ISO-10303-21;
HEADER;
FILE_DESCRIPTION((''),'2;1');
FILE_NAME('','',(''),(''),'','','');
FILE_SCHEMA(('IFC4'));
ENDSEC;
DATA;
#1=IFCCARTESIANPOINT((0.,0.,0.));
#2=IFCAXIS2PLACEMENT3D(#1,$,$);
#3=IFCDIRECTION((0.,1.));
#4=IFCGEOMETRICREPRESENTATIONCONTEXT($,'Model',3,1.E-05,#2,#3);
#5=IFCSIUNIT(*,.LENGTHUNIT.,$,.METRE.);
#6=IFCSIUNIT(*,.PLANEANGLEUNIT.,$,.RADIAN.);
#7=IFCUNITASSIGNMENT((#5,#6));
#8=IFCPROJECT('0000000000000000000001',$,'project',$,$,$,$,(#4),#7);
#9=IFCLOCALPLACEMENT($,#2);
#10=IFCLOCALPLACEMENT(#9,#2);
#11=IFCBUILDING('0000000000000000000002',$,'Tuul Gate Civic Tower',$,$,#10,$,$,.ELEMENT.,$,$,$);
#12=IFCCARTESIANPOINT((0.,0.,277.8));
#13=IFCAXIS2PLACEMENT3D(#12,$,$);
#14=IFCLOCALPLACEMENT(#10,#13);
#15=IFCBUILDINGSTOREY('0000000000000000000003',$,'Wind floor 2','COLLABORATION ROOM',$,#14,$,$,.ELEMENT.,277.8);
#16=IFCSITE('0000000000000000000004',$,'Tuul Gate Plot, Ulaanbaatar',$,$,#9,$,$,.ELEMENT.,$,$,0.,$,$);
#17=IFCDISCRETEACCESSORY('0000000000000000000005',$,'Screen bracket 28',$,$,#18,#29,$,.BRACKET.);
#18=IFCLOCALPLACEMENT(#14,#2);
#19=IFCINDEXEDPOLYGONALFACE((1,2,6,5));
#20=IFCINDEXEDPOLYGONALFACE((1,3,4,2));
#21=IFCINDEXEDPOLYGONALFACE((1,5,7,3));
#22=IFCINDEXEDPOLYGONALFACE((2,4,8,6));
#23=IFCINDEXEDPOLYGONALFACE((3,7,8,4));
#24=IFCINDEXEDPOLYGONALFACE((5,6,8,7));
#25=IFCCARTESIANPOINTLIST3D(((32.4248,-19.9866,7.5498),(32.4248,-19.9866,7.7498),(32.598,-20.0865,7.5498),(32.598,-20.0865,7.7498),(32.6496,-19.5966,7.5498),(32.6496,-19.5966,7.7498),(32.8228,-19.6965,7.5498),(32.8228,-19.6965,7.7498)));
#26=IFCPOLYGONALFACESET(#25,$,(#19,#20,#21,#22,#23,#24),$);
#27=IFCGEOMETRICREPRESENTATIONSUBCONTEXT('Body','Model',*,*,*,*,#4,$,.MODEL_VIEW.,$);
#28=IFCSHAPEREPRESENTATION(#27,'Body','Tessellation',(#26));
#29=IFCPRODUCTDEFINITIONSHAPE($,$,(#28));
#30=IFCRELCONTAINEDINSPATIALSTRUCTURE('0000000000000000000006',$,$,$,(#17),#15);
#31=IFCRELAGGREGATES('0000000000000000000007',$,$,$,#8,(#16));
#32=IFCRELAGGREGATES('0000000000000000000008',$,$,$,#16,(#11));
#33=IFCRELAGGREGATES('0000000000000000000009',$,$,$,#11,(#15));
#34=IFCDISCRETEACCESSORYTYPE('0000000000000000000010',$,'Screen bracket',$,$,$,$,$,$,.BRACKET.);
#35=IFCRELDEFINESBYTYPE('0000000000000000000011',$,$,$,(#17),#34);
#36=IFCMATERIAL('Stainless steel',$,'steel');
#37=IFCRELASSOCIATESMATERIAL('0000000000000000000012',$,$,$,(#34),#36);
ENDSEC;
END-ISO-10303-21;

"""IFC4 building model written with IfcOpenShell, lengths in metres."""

from ifc_helpers import new_model, si_unit, direction, frame, origin, origin_2d, place, context, subcontext, project, spatial, rectangle, extrude, material, type_object, element, save


model = new_model("IFC4")

# Units and contexts
model_context = context("Model", 3, precision=1e-05, world=origin(), true_north=direction((0.0, 1.0)))
body_context = subcontext(model_context, "Body", "Model", "MODEL_VIEW")
ifc_project = project(units=[si_unit("LENGTHUNIT", "METRE"), si_unit("PLANEANGLEUNIT", "RADIAN")], contexts=[model_context])

# Site, building, storey
site_placement = place(None, origin())
site = spatial("IfcSite", under=ifc_project, at=site_placement, Name="Tuul Gate Plot, Ulaanbaatar", CompositionType="ELEMENT", RefElevation=0.0)
building_placement = place(site_placement, origin())
building = spatial("IfcBuilding", under=site, at=building_placement, Name="Tuul Gate Civic Tower", CompositionType="ELEMENT")
storey_placement = place(building_placement, frame((0.0, 0.0, 277.8)))
storey = spatial("IfcBuildingStorey", under=building, at=storey_placement, Name="Wind floor 2", Description="COLLABORATION ROOM", CompositionType="ELEMENT", Elevation=277.8)

# Discrete accessory
ifc_material_1 = material(Name="Stainless steel", Category="steel")
discrete_accessory_type_1 = type_object("IfcDiscreteAccessoryType", Name="Screen bracket", PredefinedType="BRACKET", material=ifc_material_1)
discrete_accessory_1_placement = place(storey_placement, frame((32.6238, -19.8416, 7.5498), z_axis=(0.0, 0.0, 1.0), x_axis=(-0.499376, -0.866386, 0.0)))
element("IfcDiscreteAccessory", 1, at=discrete_accessory_1_placement, inside=storey, type_object=discrete_accessory_type_1, Name="Screen bracket 28", PredefinedType="BRACKET", context=body_context, shape_type="SweptSolid", body=[
    extrude(rectangle(XDim=0.4502, YDim=0.2, at=origin_2d()), origin(), (0.0, 0.0, 1.0), 0.2),
])

save(model, "model.ifc")
